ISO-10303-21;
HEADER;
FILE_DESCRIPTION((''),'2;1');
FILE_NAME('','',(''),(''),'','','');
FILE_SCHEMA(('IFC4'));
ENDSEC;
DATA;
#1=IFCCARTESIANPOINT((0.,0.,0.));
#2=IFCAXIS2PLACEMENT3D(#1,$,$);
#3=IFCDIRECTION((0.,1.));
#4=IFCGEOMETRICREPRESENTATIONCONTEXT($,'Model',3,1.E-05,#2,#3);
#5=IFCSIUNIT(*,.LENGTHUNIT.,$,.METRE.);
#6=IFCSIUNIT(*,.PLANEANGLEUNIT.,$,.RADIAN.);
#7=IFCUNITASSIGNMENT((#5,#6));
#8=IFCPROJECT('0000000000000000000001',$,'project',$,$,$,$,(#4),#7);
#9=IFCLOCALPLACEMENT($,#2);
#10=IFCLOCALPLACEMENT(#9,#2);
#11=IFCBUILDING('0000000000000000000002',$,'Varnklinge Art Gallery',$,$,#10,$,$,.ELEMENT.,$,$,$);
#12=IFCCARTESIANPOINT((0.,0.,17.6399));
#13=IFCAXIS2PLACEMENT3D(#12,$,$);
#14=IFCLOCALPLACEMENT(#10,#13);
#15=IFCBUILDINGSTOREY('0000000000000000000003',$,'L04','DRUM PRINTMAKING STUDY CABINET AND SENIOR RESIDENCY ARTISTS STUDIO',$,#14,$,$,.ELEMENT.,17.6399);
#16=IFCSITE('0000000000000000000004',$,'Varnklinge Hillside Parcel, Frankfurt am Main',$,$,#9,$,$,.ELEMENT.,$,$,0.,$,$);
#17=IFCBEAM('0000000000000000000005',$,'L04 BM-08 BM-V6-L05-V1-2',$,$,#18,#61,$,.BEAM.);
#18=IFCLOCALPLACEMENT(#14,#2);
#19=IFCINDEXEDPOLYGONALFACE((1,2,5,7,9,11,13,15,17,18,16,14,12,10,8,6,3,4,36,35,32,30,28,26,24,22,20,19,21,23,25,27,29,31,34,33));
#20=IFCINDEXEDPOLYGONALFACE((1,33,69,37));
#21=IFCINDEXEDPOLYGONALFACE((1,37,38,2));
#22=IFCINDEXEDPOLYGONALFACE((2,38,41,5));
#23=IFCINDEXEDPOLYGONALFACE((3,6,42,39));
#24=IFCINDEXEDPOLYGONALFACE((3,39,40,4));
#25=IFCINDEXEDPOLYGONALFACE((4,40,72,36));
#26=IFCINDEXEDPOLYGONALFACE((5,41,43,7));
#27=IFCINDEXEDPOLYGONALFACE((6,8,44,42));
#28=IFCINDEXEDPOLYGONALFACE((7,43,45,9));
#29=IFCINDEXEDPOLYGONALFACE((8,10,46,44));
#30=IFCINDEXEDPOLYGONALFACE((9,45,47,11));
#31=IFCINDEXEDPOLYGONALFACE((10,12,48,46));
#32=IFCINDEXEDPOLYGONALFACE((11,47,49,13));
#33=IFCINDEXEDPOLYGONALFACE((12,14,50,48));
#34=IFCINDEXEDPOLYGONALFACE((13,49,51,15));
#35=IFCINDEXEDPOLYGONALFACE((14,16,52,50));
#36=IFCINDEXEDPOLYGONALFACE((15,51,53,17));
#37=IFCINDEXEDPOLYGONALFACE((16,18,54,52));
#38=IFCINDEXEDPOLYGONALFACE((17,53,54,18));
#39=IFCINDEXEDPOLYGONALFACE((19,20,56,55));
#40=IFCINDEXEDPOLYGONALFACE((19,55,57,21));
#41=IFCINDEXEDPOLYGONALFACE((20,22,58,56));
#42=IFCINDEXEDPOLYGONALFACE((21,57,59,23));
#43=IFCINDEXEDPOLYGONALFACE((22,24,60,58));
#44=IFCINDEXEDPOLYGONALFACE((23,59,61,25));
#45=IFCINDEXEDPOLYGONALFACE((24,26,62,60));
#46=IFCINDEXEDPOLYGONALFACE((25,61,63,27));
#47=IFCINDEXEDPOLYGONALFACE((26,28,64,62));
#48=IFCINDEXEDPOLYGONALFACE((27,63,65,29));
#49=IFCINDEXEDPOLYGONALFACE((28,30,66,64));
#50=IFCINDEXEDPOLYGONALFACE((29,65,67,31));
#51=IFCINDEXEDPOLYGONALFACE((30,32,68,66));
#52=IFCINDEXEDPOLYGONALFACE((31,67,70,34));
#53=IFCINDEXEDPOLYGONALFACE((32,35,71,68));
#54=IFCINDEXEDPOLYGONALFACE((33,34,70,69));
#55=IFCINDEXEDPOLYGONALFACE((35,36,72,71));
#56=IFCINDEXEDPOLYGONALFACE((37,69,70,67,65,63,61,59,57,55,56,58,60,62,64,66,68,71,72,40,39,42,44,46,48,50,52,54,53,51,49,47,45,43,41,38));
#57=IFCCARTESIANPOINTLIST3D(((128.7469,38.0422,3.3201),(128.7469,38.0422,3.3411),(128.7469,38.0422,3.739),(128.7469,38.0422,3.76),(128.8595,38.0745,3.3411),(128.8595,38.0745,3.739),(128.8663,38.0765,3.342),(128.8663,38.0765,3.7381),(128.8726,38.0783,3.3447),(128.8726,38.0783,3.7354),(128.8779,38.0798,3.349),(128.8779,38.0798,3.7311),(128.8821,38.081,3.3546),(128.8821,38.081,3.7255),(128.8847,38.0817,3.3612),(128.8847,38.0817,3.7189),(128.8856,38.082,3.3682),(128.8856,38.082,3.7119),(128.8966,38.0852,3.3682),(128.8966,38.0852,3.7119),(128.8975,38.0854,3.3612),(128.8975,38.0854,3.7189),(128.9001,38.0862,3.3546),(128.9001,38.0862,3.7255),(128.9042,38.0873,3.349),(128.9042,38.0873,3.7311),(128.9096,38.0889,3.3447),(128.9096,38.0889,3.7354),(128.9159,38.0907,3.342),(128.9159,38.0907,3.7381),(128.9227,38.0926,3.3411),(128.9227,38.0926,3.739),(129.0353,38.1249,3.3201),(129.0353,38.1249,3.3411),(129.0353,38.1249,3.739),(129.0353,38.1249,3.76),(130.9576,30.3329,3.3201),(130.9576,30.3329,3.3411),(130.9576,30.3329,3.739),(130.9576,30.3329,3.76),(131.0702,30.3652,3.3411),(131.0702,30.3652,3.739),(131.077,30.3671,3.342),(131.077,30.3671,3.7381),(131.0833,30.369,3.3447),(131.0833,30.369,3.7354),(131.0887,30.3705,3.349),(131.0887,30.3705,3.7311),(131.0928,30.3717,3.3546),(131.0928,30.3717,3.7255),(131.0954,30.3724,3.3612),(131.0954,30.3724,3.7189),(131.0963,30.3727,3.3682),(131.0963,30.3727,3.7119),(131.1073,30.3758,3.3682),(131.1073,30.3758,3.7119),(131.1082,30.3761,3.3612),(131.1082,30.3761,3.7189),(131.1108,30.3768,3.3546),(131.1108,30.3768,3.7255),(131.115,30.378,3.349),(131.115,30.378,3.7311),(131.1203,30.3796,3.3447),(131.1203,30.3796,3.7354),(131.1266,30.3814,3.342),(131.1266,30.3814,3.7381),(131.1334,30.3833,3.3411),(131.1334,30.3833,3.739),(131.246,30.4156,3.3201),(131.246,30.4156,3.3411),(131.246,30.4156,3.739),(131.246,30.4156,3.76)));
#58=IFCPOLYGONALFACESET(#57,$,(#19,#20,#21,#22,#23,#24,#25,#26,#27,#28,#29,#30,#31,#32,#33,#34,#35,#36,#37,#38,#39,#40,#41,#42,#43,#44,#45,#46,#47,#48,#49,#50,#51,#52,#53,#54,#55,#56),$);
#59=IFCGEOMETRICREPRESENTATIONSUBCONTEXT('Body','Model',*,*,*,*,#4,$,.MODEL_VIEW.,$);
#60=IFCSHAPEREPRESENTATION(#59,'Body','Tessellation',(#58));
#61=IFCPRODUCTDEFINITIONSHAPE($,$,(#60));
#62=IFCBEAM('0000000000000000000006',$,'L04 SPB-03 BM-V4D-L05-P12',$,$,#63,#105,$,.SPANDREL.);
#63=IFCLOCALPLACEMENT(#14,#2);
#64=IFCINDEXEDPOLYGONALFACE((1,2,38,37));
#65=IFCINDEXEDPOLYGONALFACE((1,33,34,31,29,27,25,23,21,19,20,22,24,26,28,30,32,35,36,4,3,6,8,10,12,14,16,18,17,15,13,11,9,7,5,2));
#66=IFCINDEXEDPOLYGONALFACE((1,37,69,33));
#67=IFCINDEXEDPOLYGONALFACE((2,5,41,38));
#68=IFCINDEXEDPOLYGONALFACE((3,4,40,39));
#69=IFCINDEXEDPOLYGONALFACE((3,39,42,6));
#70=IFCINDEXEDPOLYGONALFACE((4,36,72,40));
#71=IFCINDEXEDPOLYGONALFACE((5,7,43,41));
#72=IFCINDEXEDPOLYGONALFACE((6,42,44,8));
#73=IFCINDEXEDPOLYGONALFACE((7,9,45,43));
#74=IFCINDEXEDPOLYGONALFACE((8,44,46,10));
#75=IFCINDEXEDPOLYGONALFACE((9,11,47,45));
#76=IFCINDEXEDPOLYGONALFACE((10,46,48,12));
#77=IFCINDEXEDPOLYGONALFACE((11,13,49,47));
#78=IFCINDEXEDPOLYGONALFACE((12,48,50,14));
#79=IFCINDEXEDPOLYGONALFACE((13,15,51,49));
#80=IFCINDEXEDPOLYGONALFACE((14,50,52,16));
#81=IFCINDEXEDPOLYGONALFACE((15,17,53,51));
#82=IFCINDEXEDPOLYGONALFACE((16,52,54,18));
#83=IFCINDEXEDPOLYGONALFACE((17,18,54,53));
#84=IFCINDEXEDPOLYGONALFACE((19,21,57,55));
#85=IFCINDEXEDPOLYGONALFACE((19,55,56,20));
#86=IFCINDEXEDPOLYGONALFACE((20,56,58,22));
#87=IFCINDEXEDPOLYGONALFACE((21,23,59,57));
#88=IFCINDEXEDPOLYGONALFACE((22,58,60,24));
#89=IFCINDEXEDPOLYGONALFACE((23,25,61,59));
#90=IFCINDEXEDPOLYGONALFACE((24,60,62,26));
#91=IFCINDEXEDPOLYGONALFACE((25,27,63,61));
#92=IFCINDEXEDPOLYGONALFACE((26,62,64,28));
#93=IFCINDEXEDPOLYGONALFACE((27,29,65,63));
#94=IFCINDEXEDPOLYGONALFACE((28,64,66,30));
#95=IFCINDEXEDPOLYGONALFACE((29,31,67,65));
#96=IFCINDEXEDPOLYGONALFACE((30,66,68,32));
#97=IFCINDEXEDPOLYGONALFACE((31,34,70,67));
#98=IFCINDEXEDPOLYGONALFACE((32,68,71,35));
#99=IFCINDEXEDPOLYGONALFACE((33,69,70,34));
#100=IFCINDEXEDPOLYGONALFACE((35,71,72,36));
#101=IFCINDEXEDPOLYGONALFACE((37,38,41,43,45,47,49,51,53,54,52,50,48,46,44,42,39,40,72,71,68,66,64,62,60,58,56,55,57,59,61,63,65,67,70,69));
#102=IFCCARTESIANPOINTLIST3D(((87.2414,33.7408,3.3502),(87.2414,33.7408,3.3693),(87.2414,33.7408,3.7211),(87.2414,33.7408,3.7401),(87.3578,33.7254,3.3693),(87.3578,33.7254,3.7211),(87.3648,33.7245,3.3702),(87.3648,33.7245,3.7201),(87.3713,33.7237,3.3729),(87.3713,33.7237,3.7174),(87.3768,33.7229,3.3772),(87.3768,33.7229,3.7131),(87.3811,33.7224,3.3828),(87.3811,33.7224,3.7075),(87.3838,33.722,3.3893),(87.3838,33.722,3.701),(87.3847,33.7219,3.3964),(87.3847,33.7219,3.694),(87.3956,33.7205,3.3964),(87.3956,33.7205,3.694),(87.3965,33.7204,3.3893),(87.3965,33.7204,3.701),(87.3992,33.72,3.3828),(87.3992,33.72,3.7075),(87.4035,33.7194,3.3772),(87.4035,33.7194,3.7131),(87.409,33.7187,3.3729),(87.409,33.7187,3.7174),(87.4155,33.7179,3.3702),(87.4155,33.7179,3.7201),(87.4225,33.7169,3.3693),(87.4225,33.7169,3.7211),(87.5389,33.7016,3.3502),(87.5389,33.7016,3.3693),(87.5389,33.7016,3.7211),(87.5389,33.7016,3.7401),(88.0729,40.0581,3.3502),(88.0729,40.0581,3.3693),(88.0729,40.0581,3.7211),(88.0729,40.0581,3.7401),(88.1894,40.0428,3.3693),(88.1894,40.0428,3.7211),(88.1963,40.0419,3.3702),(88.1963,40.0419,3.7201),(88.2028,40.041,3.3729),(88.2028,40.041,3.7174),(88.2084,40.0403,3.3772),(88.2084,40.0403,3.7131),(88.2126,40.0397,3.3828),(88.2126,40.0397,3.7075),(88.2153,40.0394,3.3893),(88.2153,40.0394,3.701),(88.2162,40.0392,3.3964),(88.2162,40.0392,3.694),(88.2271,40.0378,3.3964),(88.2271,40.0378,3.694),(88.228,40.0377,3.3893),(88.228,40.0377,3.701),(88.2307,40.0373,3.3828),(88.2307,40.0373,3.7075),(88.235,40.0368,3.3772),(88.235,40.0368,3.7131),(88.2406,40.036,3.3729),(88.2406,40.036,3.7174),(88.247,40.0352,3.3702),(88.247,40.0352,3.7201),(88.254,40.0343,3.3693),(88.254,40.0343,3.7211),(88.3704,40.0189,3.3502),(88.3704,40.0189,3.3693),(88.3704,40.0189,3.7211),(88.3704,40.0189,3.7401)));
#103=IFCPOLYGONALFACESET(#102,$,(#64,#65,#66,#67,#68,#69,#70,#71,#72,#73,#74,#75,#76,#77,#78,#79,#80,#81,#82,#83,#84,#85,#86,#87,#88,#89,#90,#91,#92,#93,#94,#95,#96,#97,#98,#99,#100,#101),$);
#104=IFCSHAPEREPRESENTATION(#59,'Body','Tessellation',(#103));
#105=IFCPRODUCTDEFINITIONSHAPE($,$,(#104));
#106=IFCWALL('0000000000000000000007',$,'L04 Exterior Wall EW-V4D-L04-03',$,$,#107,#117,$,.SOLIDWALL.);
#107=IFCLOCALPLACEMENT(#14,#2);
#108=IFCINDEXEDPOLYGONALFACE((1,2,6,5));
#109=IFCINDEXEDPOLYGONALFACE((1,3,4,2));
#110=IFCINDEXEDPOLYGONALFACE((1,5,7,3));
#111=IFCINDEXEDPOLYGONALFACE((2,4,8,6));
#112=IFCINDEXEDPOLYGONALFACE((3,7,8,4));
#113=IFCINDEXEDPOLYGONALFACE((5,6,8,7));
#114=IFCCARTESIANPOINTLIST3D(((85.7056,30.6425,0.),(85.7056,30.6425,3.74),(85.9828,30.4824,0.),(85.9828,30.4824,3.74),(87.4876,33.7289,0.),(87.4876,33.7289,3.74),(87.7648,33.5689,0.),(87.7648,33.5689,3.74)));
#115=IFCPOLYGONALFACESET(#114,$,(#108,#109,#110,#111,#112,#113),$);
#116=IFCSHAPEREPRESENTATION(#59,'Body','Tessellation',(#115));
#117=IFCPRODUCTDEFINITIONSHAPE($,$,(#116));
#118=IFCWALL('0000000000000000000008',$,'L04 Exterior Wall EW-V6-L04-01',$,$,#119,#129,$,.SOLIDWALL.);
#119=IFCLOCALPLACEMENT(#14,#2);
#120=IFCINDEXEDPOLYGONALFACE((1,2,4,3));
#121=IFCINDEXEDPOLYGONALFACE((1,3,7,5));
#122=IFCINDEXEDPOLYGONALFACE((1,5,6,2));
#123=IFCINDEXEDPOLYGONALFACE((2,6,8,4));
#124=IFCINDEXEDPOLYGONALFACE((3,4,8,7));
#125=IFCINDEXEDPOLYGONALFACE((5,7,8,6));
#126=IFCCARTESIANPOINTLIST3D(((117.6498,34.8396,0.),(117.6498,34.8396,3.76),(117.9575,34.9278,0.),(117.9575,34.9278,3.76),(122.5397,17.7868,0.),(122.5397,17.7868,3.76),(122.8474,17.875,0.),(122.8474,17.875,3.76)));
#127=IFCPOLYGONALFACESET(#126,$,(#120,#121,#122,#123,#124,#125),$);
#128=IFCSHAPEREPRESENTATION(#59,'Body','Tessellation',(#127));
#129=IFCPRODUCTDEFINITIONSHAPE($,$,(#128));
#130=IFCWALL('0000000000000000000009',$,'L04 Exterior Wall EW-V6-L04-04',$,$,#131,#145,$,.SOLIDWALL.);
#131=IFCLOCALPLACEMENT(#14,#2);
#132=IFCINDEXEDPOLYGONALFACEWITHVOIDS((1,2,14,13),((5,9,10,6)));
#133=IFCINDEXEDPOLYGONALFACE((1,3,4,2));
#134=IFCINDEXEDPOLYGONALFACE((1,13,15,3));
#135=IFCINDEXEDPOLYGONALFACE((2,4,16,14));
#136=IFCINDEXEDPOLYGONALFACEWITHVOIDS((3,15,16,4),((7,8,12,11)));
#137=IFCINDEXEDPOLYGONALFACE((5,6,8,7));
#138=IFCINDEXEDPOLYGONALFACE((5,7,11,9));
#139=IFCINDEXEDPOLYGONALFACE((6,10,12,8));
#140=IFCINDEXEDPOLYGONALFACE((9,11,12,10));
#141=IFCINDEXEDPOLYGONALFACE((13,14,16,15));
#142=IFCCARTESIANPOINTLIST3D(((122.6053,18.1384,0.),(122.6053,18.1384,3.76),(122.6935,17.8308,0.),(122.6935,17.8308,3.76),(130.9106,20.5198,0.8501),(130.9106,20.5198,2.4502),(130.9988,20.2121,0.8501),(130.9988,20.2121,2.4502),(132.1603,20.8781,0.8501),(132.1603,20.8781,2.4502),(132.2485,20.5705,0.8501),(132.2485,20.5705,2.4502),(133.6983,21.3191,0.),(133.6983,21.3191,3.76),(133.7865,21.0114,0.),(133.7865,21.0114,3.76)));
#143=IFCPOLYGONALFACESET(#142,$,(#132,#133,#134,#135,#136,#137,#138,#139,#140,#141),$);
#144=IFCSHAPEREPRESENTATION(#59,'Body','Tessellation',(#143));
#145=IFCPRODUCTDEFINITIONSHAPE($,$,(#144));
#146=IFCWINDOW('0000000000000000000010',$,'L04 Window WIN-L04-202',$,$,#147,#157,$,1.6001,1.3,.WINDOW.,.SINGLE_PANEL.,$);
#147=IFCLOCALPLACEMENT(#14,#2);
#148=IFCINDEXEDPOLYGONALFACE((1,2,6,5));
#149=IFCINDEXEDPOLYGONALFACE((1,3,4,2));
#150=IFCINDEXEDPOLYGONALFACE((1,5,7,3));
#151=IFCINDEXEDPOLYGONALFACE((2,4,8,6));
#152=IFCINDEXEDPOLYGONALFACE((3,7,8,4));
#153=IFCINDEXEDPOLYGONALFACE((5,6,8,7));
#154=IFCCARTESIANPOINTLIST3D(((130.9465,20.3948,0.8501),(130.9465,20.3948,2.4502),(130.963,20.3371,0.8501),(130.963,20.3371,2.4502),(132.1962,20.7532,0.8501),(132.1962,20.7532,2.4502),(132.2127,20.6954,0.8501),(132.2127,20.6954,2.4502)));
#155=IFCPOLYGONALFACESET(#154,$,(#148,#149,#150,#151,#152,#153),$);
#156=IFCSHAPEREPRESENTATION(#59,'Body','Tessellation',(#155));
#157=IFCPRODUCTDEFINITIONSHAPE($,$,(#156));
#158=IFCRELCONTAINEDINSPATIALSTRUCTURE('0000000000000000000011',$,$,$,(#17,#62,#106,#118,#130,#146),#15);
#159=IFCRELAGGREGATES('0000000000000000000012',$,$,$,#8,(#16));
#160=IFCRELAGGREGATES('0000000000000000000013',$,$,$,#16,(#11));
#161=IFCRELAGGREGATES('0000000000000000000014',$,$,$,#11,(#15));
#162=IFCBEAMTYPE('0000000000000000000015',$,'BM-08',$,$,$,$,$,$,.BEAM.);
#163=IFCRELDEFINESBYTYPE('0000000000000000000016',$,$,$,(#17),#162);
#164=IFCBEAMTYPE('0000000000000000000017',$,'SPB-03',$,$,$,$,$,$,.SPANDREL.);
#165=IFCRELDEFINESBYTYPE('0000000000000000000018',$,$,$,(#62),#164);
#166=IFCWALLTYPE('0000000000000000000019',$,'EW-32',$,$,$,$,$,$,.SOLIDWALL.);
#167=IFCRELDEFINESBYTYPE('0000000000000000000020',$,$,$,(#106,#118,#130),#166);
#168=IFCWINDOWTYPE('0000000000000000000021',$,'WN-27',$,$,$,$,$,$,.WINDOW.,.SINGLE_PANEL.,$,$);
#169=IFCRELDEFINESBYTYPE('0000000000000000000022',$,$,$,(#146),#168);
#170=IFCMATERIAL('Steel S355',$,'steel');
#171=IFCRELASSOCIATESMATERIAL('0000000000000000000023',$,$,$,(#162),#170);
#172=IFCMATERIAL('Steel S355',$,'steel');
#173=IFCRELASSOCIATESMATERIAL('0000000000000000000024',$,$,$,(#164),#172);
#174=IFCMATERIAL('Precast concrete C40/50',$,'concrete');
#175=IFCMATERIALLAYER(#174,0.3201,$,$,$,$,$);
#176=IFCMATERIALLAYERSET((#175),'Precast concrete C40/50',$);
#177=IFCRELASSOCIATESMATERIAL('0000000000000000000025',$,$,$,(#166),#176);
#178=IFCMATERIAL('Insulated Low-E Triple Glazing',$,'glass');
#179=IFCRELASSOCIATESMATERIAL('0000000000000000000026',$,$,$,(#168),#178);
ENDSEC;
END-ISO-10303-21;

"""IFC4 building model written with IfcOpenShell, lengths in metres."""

from ifc_helpers import new_model, si_unit, direction, frame, frame_2d, origin, origin_2d, place, context, subcontext, project, spatial, rectangle, i_section, extrude, material, layer, layer_set, material_profile, profile_set, type_object, element, fill, save


model = new_model("IFC4")

# Units and contexts
model_context = context("Model", 3, precision=1e-05, world=origin(), true_north=direction((0.0, 1.0)))
body_context = subcontext(model_context, "Body", "Model", "MODEL_VIEW")
ifc_project = project(units=[si_unit("LENGTHUNIT", "METRE"), si_unit("PLANEANGLEUNIT", "RADIAN")], contexts=[model_context])

# Site, building, storey
site_placement = place(None, origin())
site = spatial("IfcSite", under=ifc_project, at=site_placement, Name="Varnklinge Hillside Parcel, Frankfurt am Main", CompositionType="ELEMENT", RefElevation=0.0)
building_placement = place(site_placement, origin())
building = spatial("IfcBuilding", under=site, at=building_placement, Name="Varnklinge Art Gallery", CompositionType="ELEMENT")
storey_placement = place(building_placement, frame((0.0, 0.0, 17.6399)))
storey = spatial("IfcBuildingStorey", under=building, at=storey_placement, Name="L04", Description="DRUM PRINTMAKING STUDY CABINET AND SENIOR RESIDENCY ARTISTS STUDIO", CompositionType="ELEMENT", Elevation=17.6399)

# Beams
ifc_material_1 = material(Name="Steel S355", Category="steel")
ifc_material_profile_1 = material_profile(ifc_material_1, i_section(OverallWidth=0.3, OverallDepth=0.4399, WebThickness=0.0115, FlangeThickness=0.021, FilletRadius=0.0271, at=origin_2d()), Name="HEA 450")
ifc_profile_set_1 = profile_set([ifc_material_profile_1], Name="Steel S355")
beam_type_1 = type_object("IfcBeamType", Name="BM-08", PredefinedType="BEAM", material=ifc_profile_set_1)
beam_1_placement = place(storey_placement, frame((131.1018, 30.3743, 3.54), z_axis=(-0.27565, 0.961258, 0.0), x_axis=(-0.961258, -0.27565, 0.0)))
element("IfcBeam", 1, at=beam_1_placement, inside=storey, type_object=beam_type_1, Name="L04 BM-08 BM-V6-L05-V1-2", PredefinedType="BEAM", context=body_context, shape_type="SweptSolid", body=[
    extrude(i_section(OverallWidth=0.3, OverallDepth=0.4399, WebThickness=0.0115, FlangeThickness=0.021, FilletRadius=0.0271, at=origin_2d()), origin(), (0.0, 0.0, 1.0), 8.02),
])
ifc_material_2 = material(Name="Steel S355", Category="steel")
ifc_material_profile_2 = material_profile(ifc_material_2, i_section(OverallWidth=0.3, OverallDepth=0.3899, WebThickness=0.011, FlangeThickness=0.019, FilletRadius=0.0271, at=origin_2d()), Name="HEA 400")
ifc_profile_set_2 = profile_set([ifc_material_profile_2], Name="Steel S355")
beam_type_2 = type_object("IfcBeamType", Name="SPB-03", PredefinedType="SPANDREL", material=ifc_profile_set_2)
beam_2_placement = place(storey_placement, frame((87.3901, 33.7212, 3.5452), z_axis=(0.130502, 0.991448, 0.0), x_axis=(-0.991448, 0.130502, 0.0)))
element("IfcBeam", 2, at=beam_2_placement, inside=storey, type_object=beam_type_2, Name="L04 SPB-03 BM-V4D-L05-P12", PredefinedType="SPANDREL", context=body_context, shape_type="SweptSolid", body=[
    extrude(i_section(OverallWidth=0.3, OverallDepth=0.3899, WebThickness=0.011, FlangeThickness=0.019, FilletRadius=0.0271, at=origin_2d()), origin(), (0.0, 0.0, 1.0), 6.3718),
])

# Walls
ifc_material_3 = material(Name="Precast concrete C40/50", Category="concrete")
ifc_layer_1 = layer(ifc_material_3, 0.3201)
ifc_layer_set_1 = layer_set([ifc_layer_1], Name="Precast concrete C40/50")
wall_type_1 = type_object("IfcWallType", Name="EW-32", PredefinedType="SOLIDWALL", material=ifc_layer_set_1)
wall_1_placement = place(storey_placement, frame((87.6262, 33.6489, 0.0), z_axis=(0.0, 0.0, 1.0), x_axis=(-0.500007, -0.866021, 0.0)))
element("IfcWall", 3, at=wall_1_placement, inside=storey, type_object=wall_type_1, Name="L04 Exterior Wall EW-V4D-L04-03", PredefinedType="SOLIDWALL", context=body_context, shape_type="SweptSolid", body=[
    extrude(rectangle(XDim=3.564, YDim=0.3201, at=frame_2d((1.782, 0.0))), origin(), (0.0, 0.0, 1.0), 3.74),
])
wall_2_placement = place(storey_placement, frame((122.6936, 17.8308, 0.0), z_axis=(0.0, 0.0, 1.0), x_axis=(-0.275643, 0.96126, 0.0)))
element("IfcWall", 4, at=wall_2_placement, inside=storey, type_object=wall_type_1, Name="L04 Exterior Wall EW-V6-L04-01", PredefinedType="SOLIDWALL", context=body_context, shape_type="SweptSolid", body=[
    extrude(rectangle(XDim=17.74, YDim=0.3201, at=frame_2d((8.8701, 0.0))), origin(), (0.0, 0.0, 1.0), 3.76),
])

# Wall, opening, window
wall_3_placement = place(storey_placement, frame((133.7424, 21.1653, 0.0), z_axis=(0.0, 0.0, 1.0), x_axis=(-0.961266, -0.275621, 0.0)))
wall_3 = element("IfcWall", 5, at=wall_3_placement, inside=storey, type_object=wall_type_1, Name="L04 Exterior Wall EW-V6-L04-04", PredefinedType="SOLIDWALL", context=body_context, shape_type="SweptSolid", body=[
    extrude(rectangle(XDim=11.54, YDim=0.3201, at=frame_2d((5.77, 0.0))), origin(), (0.0, 0.0, 1.0), 3.76),
])
opening_1_placement = place(wall_3_placement, frame((1.6001, 0.0, 0.8501)))
opening_1 = element("IfcOpeningElement", 6, at=opening_1_placement, cuts=wall_3, PredefinedType="OPENING", context=body_context, shape_type="SweptSolid", body=[
    extrude(rectangle(XDim=1.3, YDim=1.6001, at=frame_2d((0.6499, 0.8))), frame((0.0, 0.1702, 0.0), z_axis=(0.0, -1.0, 0.0), x_axis=(1.0, 0.0, 0.0)), (0.0, 0.0, 1.0), 0.3401),
])
ifc_material_4 = material(Name="Insulated Low-E Triple Glazing", Category="glass")
window_type = type_object("IfcWindowType", Name="WN-27", PartitioningType="SINGLE_PANEL", PredefinedType="WINDOW", material=ifc_material_4)
window_placement = place(opening_1_placement, origin())
window = element("IfcWindow", 7, at=window_placement, inside=storey, type_object=window_type, Name="L04 Window WIN-L04-202", OverallHeight=1.6001, OverallWidth=1.3, PartitioningType="SINGLE_PANEL", PredefinedType="WINDOW", context=body_context, shape_type="SweptSolid", body=[
    extrude(rectangle(XDim=1.3, YDim=1.6001, at=frame_2d((0.6499, 0.8))), frame((0.0, 0.03, 0.0), z_axis=(0.0, -1.0, 0.0), x_axis=(1.0, 0.0, 0.0)), (0.0, 0.0, 1.0), 0.0601),
])
fill(opening_1, window)

save(model, "model.ifc")
